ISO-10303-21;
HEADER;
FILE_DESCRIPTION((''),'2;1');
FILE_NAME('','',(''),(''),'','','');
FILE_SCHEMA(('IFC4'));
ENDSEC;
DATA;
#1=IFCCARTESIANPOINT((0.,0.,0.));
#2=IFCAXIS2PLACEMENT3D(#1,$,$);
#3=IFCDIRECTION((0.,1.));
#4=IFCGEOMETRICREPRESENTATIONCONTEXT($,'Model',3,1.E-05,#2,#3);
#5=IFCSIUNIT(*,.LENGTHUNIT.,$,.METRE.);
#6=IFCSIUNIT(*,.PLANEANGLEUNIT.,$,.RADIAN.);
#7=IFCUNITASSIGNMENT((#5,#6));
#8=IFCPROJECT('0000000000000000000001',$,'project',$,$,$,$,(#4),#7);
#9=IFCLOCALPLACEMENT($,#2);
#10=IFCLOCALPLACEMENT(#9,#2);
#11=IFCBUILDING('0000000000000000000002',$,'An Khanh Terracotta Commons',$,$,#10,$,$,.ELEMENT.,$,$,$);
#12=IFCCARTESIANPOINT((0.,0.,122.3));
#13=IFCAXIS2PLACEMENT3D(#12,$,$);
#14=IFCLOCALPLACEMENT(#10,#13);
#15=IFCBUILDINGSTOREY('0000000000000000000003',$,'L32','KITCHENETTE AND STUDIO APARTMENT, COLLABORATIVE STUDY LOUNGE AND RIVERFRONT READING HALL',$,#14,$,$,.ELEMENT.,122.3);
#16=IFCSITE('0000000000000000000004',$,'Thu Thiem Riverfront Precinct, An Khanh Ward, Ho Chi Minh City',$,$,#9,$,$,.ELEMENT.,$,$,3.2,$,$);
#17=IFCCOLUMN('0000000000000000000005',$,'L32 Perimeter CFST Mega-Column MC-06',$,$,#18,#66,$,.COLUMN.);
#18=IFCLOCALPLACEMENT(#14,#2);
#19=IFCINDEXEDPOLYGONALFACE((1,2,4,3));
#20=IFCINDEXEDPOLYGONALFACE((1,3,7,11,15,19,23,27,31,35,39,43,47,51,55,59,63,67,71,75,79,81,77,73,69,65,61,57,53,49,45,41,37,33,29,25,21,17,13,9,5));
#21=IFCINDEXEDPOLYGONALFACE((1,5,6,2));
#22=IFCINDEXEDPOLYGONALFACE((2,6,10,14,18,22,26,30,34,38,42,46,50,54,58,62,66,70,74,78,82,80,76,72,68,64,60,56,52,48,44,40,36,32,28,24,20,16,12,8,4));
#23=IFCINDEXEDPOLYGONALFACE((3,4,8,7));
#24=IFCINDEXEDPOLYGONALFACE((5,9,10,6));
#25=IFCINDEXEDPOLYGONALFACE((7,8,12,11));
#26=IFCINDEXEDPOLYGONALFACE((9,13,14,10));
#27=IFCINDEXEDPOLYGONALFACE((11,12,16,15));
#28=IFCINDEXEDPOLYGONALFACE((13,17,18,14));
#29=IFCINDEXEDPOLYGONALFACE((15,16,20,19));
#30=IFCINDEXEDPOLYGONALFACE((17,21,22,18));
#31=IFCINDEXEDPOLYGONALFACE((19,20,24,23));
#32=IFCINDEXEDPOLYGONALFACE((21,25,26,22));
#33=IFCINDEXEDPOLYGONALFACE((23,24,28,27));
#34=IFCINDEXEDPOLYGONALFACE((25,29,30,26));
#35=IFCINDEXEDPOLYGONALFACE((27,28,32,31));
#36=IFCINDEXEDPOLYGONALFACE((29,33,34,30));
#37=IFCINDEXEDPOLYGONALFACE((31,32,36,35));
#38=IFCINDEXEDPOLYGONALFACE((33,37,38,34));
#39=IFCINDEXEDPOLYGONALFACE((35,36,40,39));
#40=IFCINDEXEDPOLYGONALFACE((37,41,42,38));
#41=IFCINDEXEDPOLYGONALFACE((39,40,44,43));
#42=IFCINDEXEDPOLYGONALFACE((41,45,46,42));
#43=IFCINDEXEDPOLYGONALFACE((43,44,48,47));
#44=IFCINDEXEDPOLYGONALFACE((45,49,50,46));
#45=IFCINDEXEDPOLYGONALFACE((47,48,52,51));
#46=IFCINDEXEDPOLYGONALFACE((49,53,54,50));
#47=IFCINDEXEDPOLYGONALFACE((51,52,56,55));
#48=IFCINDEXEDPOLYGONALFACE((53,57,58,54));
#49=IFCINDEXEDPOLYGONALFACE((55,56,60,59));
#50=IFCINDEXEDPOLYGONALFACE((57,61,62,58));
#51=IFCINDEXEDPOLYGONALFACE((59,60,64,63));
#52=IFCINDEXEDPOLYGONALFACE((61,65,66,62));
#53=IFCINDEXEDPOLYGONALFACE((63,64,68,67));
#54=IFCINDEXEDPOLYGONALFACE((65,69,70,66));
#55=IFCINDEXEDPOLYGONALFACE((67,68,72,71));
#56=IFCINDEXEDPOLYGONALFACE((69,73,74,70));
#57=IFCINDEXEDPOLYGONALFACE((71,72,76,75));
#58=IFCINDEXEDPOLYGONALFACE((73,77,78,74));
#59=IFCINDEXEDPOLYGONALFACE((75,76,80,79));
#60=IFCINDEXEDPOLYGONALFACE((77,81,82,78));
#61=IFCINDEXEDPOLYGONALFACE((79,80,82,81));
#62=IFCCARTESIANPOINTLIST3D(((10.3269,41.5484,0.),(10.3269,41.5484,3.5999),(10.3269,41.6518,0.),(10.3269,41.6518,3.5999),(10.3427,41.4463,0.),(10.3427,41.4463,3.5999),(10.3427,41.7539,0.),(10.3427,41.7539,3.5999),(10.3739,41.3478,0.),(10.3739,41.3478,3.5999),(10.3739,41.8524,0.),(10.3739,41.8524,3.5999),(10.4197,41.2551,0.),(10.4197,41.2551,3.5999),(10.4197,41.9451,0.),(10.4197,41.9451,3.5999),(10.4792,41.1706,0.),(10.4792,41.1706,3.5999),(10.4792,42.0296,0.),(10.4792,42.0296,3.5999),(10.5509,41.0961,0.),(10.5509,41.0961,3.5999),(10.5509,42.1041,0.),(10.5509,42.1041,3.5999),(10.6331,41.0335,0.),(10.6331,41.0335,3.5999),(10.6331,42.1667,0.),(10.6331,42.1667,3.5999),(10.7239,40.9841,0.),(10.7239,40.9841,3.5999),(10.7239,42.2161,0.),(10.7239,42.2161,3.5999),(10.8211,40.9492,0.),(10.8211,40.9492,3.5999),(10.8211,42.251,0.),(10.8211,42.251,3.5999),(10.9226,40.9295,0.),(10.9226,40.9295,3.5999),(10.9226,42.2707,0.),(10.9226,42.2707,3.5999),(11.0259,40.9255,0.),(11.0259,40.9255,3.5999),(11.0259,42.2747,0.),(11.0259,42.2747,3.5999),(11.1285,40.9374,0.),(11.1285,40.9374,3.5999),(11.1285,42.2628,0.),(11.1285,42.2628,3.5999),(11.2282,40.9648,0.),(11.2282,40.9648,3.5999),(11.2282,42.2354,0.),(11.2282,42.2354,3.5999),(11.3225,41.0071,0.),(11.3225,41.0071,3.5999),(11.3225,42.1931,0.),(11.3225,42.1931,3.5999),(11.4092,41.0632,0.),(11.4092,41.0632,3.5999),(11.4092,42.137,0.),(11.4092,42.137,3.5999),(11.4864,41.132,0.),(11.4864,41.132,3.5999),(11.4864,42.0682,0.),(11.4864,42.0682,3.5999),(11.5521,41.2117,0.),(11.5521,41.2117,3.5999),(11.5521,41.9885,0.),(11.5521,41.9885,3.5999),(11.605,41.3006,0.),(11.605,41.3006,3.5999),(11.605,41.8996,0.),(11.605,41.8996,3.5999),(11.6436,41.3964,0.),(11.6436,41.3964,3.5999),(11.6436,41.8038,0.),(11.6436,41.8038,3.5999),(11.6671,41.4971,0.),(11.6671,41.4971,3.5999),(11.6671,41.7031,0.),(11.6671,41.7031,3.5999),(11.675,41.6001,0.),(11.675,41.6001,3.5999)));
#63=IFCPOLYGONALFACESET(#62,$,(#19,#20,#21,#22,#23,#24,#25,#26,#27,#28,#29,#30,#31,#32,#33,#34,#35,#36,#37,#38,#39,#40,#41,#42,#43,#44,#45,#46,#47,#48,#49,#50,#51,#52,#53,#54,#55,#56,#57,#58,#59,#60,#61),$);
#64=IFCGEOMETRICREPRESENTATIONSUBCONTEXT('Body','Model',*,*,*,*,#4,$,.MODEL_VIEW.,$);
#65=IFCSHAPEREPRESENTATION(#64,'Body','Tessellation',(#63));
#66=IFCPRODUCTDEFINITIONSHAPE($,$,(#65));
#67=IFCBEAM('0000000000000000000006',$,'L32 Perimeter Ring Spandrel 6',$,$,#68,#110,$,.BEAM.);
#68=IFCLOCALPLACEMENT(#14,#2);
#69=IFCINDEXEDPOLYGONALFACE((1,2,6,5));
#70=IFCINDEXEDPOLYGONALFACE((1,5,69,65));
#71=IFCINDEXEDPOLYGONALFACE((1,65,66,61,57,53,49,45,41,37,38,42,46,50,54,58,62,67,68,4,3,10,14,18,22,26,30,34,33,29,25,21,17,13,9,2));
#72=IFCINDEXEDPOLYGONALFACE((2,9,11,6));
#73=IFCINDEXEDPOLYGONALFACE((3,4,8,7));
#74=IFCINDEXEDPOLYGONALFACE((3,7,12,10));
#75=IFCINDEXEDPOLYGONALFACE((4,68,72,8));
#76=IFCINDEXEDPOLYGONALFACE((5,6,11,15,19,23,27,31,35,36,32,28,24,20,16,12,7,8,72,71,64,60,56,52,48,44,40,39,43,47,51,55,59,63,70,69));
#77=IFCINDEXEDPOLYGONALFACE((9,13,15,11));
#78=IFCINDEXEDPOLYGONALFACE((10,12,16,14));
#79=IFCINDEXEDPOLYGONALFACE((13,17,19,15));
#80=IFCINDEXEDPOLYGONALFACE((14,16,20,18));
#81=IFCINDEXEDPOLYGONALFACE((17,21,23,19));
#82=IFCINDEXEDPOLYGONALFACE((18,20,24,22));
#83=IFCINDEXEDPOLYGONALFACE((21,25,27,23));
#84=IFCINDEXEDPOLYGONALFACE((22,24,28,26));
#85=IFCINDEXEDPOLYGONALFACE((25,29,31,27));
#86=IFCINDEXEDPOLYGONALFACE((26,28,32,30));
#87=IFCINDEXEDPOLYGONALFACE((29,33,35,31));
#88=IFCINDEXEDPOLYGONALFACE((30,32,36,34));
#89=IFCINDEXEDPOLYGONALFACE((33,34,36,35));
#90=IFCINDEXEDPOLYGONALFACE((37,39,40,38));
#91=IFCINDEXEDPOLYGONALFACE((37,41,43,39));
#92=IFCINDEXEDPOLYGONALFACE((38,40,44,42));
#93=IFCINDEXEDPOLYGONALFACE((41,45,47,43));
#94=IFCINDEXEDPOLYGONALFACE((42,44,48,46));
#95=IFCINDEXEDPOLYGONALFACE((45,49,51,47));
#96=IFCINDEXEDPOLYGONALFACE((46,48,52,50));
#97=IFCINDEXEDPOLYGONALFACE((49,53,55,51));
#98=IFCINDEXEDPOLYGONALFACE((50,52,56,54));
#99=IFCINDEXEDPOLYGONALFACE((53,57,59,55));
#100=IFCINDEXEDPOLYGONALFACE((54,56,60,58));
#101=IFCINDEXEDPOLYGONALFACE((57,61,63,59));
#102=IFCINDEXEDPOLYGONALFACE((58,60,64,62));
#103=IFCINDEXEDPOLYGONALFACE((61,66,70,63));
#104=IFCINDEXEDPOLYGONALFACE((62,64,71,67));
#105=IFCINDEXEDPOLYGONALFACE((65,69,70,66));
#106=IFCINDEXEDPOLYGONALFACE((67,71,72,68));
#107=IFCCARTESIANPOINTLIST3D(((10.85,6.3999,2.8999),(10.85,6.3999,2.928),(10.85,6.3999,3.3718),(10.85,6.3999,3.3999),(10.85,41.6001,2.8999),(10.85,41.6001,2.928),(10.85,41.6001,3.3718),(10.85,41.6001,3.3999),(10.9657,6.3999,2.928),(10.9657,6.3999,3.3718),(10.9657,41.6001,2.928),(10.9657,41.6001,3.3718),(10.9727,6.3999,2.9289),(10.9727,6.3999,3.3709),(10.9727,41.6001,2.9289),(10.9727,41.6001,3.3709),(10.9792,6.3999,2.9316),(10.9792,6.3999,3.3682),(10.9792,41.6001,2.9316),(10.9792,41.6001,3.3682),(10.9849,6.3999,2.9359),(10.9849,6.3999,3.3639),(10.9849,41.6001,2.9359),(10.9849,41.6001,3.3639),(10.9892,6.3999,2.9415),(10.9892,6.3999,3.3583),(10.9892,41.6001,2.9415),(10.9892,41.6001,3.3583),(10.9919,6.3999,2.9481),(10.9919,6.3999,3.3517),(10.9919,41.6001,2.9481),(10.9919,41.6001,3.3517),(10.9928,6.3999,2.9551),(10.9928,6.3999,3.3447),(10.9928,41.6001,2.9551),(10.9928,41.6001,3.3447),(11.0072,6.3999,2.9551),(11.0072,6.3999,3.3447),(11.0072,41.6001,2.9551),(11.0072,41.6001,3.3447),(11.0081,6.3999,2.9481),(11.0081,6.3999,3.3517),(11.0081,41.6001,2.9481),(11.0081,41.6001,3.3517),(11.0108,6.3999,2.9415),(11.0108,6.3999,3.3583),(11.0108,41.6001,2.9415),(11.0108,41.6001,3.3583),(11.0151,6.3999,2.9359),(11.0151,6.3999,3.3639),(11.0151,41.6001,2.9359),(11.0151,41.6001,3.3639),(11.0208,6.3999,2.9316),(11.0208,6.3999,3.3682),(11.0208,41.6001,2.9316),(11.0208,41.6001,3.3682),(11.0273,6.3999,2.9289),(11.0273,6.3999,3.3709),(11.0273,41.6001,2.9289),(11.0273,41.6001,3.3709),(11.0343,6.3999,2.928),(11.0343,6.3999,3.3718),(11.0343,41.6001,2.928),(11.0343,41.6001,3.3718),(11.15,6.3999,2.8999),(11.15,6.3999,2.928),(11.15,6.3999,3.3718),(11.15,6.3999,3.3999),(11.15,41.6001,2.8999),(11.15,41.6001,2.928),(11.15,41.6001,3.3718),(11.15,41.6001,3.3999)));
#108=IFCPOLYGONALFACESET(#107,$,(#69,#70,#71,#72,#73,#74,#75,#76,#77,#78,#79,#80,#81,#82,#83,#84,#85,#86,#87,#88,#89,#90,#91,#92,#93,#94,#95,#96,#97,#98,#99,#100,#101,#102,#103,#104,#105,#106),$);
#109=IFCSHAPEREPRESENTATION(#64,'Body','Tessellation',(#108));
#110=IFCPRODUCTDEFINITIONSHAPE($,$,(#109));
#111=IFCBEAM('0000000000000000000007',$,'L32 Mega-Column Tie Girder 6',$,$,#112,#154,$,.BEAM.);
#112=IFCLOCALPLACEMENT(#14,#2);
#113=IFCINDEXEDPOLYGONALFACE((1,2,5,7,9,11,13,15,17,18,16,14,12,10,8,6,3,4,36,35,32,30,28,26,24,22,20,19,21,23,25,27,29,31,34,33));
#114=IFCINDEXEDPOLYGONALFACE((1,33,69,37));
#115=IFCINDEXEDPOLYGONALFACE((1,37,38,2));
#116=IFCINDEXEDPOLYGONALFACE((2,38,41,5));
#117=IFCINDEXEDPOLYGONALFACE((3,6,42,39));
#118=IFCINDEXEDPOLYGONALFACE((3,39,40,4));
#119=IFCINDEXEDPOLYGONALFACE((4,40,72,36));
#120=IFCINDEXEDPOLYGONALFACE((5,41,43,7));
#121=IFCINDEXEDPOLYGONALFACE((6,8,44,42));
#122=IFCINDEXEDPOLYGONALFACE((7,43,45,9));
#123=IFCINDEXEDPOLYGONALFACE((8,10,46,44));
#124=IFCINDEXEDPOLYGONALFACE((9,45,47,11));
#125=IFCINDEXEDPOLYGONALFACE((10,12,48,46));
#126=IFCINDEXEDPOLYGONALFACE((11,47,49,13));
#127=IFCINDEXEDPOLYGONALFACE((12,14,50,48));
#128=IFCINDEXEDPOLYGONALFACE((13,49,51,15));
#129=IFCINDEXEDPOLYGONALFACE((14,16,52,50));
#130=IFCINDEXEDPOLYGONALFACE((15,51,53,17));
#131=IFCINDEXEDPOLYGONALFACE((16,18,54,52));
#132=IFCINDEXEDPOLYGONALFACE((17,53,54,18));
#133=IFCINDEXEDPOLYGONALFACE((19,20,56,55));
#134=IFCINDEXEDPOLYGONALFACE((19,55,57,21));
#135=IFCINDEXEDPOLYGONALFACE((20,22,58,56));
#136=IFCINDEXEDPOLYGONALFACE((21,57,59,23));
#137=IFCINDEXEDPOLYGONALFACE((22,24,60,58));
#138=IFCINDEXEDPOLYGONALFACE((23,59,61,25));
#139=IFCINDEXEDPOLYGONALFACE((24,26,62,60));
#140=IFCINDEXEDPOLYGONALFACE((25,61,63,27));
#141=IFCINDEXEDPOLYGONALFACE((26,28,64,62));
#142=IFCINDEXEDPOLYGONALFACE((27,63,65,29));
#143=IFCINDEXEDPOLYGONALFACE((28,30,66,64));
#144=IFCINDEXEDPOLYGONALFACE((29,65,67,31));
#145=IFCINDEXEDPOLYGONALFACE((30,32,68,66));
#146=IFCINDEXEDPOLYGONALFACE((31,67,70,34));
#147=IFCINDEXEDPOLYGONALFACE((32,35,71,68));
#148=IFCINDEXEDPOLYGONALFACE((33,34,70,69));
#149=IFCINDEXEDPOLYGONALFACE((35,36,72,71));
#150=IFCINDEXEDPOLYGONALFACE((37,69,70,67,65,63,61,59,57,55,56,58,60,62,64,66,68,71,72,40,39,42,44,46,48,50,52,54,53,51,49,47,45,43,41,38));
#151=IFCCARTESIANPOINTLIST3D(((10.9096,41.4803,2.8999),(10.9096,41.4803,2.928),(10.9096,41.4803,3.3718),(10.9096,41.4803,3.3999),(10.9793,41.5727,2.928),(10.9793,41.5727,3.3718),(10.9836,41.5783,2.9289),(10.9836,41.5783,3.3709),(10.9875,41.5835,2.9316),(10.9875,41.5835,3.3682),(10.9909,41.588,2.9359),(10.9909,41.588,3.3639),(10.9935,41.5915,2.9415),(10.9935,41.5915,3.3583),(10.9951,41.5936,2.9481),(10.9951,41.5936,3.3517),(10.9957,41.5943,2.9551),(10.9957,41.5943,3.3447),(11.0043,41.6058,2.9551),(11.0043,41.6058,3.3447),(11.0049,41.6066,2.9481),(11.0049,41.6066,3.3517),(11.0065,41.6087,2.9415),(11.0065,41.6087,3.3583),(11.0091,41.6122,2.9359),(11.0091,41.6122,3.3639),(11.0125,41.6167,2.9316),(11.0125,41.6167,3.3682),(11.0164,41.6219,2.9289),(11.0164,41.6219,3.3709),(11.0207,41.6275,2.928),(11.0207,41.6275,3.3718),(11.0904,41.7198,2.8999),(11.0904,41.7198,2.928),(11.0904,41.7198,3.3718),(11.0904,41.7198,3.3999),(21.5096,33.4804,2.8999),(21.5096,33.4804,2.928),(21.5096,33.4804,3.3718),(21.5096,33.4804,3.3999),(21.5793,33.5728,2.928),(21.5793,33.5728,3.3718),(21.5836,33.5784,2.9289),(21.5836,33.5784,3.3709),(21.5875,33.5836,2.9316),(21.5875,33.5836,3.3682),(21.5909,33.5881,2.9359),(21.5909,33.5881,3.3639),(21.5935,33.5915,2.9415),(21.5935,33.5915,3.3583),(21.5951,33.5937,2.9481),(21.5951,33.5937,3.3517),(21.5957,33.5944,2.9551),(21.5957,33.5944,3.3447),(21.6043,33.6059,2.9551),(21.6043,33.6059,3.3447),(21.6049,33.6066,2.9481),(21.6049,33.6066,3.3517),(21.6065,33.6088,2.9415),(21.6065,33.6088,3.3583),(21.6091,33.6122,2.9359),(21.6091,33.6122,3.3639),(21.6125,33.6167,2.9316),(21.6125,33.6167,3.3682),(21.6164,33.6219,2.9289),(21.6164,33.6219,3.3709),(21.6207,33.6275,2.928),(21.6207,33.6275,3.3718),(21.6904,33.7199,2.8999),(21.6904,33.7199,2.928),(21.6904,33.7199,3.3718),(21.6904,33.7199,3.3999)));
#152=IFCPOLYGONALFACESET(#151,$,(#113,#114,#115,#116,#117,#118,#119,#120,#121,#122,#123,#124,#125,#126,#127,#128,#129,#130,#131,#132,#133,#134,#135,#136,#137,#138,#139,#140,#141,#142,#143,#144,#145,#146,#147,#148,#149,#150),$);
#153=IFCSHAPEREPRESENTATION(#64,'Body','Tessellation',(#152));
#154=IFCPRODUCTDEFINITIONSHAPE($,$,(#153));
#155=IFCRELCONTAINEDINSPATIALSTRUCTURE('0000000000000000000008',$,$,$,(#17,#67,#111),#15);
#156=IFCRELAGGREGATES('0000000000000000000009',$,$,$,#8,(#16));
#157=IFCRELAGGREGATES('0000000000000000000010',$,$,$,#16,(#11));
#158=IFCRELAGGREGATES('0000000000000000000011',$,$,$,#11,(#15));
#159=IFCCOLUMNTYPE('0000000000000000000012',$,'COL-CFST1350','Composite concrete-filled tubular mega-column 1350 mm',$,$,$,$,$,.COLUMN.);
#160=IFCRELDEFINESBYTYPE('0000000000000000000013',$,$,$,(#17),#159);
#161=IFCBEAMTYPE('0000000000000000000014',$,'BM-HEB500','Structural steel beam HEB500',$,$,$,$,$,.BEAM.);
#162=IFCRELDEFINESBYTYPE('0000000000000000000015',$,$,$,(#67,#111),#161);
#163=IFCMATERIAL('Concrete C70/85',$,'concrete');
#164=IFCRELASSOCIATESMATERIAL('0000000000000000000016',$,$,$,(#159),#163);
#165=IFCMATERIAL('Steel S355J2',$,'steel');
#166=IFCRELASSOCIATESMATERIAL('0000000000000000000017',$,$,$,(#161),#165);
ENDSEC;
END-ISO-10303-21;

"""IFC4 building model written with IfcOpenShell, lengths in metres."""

from ifc_helpers import new_model, si_unit, direction, frame, origin, origin_2d, place, context, subcontext, project, spatial, circle, i_section, extrude, material, material_profile, profile_set, type_object, element, save


model = new_model("IFC4")

# Units and contexts
model_context = context("Model", 3, precision=1e-05, world=origin(), true_north=direction((0.0, 1.0)))
body_context = subcontext(model_context, "Body", "Model", "MODEL_VIEW")
ifc_project = project(units=[si_unit("LENGTHUNIT", "METRE"), si_unit("PLANEANGLEUNIT", "RADIAN")], contexts=[model_context])

# Site, building, storey
site_placement = place(None, origin())
site = spatial("IfcSite", under=ifc_project, at=site_placement, Name="Thu Thiem Riverfront Precinct, An Khanh Ward, Ho Chi Minh City", CompositionType="ELEMENT", RefElevation=3.2)
building_placement = place(site_placement, origin())
building = spatial("IfcBuilding", under=site, at=building_placement, Name="An Khanh Terracotta Commons", CompositionType="ELEMENT")
storey_placement = place(building_placement, frame((0.0, 0.0, 122.3)))
storey = spatial("IfcBuildingStorey", under=building, at=storey_placement, Name="L32", Description="KITCHENETTE AND STUDIO APARTMENT, COLLABORATIVE STUDY LOUNGE AND RIVERFRONT READING HALL", CompositionType="ELEMENT", Elevation=122.3)

# Column
ifc_material_1 = material(Name="Concrete C70/85", Category="concrete")
ifc_material_profile_1 = material_profile(ifc_material_1, circle(Radius=0.675, at=origin_2d()), Name="CFST1350")
ifc_profile_set_1 = profile_set([ifc_material_profile_1], Name="Concrete C70/85")
column_type = type_object("IfcColumnType", Name="COL-CFST1350", Description="Composite concrete-filled tubular mega-column 1350 mm", PredefinedType="COLUMN", material=ifc_profile_set_1)
column_placement = place(storey_placement, frame((11.0, 41.6001, 0.0), z_axis=(0.0, 0.0, 1.0), x_axis=(1.0, 0.0, 0.0)))
element("IfcColumn", 1, at=column_placement, inside=storey, type_object=column_type, Name="L32 Perimeter CFST Mega-Column MC-06", PredefinedType="COLUMN", context=body_context, shape_type="SweptSolid", body=[
    extrude(circle(Radius=0.675, at=origin_2d()), origin(), (0.0, 0.0, 1.0), 3.5999),
])

# Beams
ifc_material_2 = material(Name="Steel S355J2", Category="steel")
ifc_material_profile_2 = material_profile(ifc_material_2, i_section(OverallWidth=0.3, OverallDepth=0.5, WebThickness=0.0144, FlangeThickness=0.0281, FilletRadius=0.0271, at=origin_2d()), Name="HEB500")
ifc_profile_set_2 = profile_set([ifc_material_profile_2], Name="Steel S355J2")
beam_type = type_object("IfcBeamType", Name="BM-HEB500", Description="Structural steel beam HEB500", PredefinedType="BEAM", material=ifc_profile_set_2)
beam_1_placement = place(storey_placement, frame((11.0, 41.6001, 3.1499), z_axis=(0.0, -1.0, 0.0), x_axis=(1.0, 0.0, 0.0)))
element("IfcBeam", 2, at=beam_1_placement, inside=storey, type_object=beam_type, Name="L32 Perimeter Ring Spandrel 6", PredefinedType="BEAM", context=body_context, shape_type="SweptSolid", body=[
    extrude(i_section(OverallWidth=0.3, OverallDepth=0.5, WebThickness=0.0144, FlangeThickness=0.0281, FilletRadius=0.0271, at=origin_2d()), origin(), (0.0, 0.0, 1.0), 35.2002),
])
beam_2_placement = place(storey_placement, frame((11.0, 41.6001, 3.1499), z_axis=(0.798192, -0.602403, 0.0), x_axis=(0.602403, 0.798192, 0.0)))
element("IfcBeam", 3, at=beam_2_placement, inside=storey, type_object=beam_type, Name="L32 Mega-Column Tie Girder 6", PredefinedType="BEAM", context=body_context, shape_type="SweptSolid", body=[
    extrude(i_section(OverallWidth=0.3, OverallDepth=0.5, WebThickness=0.0144, FlangeThickness=0.0281, FilletRadius=0.0271, at=origin_2d()), origin(), (0.0, 0.0, 1.0), 13.28),
])

save(model, "model.ifc")
